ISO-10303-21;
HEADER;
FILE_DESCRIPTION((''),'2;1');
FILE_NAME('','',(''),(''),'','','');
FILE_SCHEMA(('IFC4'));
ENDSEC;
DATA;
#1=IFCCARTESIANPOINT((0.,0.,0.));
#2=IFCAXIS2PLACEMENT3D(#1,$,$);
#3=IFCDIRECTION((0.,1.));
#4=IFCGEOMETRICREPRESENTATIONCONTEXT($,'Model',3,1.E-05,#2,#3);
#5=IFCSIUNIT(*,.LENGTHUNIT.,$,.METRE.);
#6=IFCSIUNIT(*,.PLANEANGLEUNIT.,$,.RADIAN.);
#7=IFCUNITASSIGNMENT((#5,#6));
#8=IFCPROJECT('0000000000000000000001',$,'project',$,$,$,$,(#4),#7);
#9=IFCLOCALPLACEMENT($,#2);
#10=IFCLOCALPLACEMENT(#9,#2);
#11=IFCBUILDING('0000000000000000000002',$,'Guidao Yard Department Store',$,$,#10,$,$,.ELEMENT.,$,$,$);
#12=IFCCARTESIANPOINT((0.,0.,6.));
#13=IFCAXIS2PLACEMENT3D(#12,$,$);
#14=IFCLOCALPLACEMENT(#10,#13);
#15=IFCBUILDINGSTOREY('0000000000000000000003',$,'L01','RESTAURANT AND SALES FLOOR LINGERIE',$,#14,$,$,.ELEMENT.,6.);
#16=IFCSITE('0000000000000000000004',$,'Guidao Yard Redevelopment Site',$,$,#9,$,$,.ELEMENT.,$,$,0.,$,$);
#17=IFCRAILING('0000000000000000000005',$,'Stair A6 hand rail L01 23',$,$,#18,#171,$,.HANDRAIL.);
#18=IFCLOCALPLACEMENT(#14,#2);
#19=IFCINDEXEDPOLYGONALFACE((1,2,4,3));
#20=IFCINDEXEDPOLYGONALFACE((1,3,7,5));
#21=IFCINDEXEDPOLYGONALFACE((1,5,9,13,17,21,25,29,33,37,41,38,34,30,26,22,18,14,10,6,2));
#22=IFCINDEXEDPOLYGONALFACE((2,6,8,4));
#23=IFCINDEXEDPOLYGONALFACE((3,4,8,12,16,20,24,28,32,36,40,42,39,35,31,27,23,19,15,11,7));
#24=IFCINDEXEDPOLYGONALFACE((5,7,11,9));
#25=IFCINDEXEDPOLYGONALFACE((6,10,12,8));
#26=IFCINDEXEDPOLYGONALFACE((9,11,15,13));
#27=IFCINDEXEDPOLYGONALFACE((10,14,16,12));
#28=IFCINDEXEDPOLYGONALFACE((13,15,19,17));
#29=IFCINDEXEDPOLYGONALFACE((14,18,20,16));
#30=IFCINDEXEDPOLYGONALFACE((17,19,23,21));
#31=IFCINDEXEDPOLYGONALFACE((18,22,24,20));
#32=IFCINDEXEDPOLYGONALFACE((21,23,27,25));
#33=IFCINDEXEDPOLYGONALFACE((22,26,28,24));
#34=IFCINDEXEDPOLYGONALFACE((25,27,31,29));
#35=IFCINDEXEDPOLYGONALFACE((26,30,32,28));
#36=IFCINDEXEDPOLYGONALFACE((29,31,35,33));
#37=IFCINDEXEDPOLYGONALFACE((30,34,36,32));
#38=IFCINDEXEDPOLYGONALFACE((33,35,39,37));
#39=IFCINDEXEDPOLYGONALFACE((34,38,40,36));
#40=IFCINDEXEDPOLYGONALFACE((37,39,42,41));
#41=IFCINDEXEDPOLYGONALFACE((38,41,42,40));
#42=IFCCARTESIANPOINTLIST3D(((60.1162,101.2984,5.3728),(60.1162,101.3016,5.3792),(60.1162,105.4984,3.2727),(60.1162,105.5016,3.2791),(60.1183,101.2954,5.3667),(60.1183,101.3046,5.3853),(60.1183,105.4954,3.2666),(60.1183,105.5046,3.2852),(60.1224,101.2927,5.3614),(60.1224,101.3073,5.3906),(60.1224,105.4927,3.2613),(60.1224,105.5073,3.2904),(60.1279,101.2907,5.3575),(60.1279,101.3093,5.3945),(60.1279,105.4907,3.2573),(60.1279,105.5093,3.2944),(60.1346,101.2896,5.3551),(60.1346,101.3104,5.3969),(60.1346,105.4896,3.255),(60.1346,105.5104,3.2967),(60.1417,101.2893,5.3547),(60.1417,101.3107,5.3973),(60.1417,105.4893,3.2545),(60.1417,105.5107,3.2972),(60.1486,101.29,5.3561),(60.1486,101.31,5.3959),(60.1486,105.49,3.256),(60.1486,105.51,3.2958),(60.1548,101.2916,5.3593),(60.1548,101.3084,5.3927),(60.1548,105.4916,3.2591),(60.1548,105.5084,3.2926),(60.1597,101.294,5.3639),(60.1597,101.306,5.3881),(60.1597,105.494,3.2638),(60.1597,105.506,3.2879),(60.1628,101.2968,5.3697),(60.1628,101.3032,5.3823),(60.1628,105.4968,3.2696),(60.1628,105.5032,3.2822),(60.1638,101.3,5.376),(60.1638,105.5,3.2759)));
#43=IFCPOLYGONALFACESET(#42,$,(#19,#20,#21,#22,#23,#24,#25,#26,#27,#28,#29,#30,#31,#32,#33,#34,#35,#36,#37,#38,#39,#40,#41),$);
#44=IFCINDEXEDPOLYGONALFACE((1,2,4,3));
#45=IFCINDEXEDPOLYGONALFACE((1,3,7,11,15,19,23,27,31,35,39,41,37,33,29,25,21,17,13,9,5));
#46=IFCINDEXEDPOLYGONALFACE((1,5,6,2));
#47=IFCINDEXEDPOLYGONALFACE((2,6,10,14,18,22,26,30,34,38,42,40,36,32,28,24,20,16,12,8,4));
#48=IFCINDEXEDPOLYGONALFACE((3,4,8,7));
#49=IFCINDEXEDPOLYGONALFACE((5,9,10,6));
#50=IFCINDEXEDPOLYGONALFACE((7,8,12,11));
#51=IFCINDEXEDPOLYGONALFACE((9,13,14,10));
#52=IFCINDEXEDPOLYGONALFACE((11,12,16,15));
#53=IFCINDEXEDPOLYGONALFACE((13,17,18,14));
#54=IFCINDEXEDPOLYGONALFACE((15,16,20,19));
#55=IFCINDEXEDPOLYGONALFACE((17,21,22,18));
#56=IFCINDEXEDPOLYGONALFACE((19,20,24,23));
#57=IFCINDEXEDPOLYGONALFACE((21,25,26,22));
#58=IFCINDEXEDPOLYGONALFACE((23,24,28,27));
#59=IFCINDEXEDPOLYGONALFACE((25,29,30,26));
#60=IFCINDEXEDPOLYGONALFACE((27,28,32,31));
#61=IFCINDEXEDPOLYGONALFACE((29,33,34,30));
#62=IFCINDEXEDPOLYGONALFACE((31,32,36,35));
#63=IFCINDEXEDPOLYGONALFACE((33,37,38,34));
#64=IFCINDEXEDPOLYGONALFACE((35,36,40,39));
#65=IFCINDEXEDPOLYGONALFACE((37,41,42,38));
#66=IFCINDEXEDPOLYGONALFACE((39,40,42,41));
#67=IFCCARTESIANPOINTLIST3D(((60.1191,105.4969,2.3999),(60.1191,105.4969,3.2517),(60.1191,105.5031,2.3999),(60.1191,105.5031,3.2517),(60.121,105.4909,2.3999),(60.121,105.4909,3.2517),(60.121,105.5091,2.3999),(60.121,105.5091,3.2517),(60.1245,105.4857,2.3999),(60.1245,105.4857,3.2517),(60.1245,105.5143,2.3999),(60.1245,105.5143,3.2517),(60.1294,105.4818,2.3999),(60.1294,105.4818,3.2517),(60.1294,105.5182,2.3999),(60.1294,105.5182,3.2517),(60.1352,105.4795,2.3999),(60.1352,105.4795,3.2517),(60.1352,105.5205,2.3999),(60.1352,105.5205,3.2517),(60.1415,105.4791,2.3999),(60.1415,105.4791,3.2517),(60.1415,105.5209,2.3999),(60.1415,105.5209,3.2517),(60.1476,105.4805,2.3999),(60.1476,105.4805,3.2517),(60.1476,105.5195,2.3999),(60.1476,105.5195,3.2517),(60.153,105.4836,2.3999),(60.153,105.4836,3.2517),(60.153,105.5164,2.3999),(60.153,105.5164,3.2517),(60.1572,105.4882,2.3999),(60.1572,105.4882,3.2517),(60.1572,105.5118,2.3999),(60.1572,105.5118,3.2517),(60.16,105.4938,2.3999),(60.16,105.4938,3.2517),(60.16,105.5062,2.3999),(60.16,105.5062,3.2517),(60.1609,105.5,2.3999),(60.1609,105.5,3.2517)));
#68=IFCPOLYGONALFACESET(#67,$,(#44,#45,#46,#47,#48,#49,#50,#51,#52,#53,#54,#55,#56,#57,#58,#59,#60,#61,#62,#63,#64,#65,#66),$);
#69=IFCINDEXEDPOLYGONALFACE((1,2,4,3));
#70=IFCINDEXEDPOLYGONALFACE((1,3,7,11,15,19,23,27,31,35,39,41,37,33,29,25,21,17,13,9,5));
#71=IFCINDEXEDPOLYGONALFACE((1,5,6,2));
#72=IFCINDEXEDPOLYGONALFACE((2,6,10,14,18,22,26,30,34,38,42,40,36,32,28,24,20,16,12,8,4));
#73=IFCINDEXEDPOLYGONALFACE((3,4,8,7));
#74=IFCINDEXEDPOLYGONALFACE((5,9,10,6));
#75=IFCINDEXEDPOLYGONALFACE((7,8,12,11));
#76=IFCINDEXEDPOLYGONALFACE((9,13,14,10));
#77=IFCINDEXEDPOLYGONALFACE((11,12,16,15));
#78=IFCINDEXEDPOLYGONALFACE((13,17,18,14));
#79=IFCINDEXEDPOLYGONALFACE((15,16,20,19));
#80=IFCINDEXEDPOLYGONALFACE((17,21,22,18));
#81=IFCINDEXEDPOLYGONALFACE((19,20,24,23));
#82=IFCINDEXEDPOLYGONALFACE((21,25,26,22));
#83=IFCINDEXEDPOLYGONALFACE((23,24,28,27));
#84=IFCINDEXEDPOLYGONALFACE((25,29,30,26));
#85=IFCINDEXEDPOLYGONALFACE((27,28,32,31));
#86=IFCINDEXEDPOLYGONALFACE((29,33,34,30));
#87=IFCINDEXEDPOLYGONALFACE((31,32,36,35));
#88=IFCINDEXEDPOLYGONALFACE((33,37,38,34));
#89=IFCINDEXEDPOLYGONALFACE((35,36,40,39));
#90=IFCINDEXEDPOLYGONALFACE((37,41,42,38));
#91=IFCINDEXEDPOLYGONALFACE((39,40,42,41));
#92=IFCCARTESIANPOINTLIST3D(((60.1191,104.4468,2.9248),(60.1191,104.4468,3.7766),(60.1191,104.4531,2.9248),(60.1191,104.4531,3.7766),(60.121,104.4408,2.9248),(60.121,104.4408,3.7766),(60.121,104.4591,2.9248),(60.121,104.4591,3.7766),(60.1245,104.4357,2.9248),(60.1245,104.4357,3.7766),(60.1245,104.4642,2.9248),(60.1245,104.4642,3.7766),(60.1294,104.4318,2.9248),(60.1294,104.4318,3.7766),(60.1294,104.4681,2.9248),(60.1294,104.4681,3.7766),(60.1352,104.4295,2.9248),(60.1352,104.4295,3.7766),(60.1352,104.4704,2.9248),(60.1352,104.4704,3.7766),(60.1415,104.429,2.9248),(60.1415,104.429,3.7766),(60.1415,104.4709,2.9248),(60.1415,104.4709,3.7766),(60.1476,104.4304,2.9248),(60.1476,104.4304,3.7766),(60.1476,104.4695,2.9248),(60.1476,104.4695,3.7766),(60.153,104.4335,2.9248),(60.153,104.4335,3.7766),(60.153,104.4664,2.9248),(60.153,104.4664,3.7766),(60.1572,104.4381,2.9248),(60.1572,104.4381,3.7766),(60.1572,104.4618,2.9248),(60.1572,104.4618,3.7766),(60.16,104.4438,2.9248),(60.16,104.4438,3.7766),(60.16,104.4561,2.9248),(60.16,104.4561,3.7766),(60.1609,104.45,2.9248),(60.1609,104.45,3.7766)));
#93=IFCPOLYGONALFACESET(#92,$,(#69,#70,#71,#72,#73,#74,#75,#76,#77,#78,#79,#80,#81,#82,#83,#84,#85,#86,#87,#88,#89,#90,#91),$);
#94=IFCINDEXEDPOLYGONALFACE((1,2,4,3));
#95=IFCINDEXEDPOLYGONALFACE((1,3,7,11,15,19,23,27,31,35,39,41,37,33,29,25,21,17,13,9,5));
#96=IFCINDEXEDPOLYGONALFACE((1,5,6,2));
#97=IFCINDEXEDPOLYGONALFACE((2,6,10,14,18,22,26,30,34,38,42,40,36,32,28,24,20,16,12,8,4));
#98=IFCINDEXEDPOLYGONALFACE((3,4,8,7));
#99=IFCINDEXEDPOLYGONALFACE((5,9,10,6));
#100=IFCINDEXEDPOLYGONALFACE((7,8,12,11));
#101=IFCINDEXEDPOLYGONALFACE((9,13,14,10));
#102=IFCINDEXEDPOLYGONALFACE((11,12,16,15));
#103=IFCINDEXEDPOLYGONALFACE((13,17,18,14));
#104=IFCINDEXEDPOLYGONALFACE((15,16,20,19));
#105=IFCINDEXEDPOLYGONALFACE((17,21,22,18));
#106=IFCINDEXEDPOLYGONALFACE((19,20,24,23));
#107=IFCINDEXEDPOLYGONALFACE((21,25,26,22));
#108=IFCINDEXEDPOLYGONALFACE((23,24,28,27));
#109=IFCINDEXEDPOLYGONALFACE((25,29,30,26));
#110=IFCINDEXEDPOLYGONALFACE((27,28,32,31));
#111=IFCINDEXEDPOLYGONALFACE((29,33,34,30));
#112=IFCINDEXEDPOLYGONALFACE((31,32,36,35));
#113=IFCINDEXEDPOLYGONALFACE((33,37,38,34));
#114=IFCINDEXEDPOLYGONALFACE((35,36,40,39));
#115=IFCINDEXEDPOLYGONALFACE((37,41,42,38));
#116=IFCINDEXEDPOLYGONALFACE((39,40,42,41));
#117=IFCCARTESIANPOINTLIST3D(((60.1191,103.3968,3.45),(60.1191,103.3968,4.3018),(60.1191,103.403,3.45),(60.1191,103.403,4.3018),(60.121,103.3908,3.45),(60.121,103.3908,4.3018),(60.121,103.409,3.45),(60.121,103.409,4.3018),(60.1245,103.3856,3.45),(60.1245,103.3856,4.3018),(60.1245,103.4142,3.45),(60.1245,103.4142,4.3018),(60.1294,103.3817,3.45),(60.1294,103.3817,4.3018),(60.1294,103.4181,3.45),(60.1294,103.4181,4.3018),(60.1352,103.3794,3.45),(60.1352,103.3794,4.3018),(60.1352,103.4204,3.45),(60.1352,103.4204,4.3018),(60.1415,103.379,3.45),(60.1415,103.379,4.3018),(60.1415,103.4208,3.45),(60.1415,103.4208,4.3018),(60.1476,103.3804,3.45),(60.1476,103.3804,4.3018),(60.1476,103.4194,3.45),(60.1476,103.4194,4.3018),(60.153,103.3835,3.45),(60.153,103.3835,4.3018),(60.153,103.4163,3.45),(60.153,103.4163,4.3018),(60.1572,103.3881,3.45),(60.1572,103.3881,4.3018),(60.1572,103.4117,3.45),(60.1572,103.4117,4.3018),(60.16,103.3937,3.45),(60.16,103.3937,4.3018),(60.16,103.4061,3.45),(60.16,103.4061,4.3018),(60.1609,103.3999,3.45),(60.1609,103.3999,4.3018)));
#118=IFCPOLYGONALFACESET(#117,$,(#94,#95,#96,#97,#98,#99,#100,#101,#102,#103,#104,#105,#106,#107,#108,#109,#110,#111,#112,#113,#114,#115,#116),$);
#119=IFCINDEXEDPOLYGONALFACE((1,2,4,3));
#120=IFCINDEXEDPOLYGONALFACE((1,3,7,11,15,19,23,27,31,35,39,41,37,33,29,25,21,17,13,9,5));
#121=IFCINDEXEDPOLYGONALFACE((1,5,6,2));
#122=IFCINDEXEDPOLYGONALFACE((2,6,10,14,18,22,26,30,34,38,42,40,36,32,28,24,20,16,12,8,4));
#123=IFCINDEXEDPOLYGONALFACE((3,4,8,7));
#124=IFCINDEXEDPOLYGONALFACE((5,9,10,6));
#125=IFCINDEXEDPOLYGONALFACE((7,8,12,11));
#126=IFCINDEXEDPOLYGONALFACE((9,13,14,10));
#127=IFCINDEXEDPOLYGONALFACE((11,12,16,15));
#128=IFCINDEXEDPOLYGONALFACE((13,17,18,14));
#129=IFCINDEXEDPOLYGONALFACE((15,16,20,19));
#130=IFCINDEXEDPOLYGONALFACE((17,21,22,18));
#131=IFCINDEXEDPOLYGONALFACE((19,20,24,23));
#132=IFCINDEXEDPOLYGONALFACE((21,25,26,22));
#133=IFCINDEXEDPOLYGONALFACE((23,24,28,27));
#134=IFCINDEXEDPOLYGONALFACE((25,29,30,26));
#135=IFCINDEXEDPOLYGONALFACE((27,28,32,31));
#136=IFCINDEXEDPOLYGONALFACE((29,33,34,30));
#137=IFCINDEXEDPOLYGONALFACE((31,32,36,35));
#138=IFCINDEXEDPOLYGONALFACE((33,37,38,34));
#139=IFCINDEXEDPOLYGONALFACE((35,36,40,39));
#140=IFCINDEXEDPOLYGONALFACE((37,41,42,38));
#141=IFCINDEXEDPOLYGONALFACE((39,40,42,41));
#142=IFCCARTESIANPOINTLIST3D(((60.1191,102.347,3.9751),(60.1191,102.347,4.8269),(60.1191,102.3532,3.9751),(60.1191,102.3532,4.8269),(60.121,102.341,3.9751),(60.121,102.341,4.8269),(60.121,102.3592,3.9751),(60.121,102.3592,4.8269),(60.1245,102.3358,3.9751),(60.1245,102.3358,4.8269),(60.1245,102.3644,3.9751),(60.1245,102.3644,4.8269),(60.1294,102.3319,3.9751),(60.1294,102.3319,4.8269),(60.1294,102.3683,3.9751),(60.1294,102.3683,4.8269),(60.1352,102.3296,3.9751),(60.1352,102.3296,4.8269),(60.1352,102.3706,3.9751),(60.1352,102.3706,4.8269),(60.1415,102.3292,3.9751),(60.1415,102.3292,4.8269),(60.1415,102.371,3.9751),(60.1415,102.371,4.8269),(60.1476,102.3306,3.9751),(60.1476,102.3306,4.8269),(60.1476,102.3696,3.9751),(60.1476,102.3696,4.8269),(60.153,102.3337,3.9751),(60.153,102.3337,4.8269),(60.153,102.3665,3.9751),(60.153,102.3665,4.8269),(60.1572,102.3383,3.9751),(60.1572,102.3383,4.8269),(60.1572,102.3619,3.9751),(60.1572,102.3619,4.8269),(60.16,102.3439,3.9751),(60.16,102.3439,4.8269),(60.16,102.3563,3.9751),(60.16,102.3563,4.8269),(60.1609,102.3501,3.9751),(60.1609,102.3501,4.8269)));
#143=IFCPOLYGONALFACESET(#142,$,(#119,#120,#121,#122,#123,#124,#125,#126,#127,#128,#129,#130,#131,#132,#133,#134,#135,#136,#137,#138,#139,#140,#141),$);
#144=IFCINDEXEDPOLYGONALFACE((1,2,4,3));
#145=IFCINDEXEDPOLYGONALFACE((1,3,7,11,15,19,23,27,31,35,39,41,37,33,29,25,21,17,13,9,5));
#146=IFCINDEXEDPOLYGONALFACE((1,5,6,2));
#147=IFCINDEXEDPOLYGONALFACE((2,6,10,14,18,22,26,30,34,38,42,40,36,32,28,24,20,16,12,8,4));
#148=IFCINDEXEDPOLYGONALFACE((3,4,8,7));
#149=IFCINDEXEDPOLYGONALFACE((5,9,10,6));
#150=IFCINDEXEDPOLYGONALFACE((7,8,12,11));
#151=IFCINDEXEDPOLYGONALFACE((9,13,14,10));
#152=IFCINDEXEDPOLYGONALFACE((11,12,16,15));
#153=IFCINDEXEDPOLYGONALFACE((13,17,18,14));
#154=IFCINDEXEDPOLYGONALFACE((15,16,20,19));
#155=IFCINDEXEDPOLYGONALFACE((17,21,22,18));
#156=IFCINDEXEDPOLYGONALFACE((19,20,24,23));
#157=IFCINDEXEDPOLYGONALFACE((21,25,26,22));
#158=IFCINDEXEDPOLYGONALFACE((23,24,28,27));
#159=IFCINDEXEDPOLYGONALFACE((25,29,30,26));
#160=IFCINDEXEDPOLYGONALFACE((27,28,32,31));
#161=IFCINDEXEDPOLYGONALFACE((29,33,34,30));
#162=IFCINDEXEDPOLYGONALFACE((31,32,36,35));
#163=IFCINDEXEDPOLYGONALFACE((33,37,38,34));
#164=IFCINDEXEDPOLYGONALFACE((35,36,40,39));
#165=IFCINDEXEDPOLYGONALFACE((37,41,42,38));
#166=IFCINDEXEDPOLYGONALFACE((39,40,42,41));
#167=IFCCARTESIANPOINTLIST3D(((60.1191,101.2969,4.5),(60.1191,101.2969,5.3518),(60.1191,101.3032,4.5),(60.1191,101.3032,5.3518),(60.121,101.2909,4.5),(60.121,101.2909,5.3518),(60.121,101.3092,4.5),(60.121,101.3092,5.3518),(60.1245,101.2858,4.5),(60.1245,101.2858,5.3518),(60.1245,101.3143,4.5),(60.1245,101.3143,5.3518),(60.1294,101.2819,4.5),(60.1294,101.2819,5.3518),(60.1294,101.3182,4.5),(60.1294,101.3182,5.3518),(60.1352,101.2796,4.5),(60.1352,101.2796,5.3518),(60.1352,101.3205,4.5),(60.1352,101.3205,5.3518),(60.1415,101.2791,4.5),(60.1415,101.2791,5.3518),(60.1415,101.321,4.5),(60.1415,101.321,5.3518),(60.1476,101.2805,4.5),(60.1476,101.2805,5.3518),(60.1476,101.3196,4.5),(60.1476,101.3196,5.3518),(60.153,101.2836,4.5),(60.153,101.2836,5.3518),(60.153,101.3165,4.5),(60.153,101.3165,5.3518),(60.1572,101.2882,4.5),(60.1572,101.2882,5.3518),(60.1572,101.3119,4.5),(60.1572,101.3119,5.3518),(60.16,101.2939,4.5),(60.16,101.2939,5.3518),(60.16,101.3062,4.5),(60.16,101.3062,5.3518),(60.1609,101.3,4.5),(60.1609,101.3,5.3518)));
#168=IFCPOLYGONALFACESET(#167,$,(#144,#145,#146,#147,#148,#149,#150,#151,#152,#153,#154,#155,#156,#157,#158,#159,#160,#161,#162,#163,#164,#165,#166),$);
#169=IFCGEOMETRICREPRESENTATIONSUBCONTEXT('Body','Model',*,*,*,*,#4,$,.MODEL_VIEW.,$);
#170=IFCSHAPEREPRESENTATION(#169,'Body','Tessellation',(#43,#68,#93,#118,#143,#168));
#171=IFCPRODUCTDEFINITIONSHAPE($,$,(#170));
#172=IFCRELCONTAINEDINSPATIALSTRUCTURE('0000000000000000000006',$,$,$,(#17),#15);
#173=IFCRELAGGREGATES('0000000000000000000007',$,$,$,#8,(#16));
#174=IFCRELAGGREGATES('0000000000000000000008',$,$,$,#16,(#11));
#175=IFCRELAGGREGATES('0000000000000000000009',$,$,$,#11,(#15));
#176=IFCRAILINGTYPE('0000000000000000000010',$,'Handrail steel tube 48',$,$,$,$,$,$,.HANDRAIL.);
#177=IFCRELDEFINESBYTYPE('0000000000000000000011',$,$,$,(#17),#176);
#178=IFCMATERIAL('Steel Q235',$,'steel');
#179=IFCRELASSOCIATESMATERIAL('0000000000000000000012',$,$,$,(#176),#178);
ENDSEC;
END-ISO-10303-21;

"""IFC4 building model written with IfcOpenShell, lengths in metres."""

from ifc_helpers import new_model, si_unit, direction, frame, origin, origin_2d, place, context, subcontext, project, spatial, circle, extrude, material, type_object, element, save


model = new_model("IFC4")

# Units and contexts
model_context = context("Model", 3, precision=1e-05, world=origin(), true_north=direction((0.0, 1.0)))
body_context = subcontext(model_context, "Body", "Model", "MODEL_VIEW")
ifc_project = project(units=[si_unit("LENGTHUNIT", "METRE"), si_unit("PLANEANGLEUNIT", "RADIAN")], contexts=[model_context])

# Site, building, storey
site_placement = place(None, origin())
site = spatial("IfcSite", under=ifc_project, at=site_placement, Name="Guidao Yard Redevelopment Site", CompositionType="ELEMENT", RefElevation=0.0)
building_placement = place(site_placement, origin())
building = spatial("IfcBuilding", under=site, at=building_placement, Name="Guidao Yard Department Store", CompositionType="ELEMENT")
storey_placement = place(building_placement, frame((0.0, 0.0, 6.0)))
storey = spatial("IfcBuildingStorey", under=building, at=storey_placement, Name="L01", Description="RESTAURANT AND SALES FLOOR LINGERIE", CompositionType="ELEMENT", Elevation=6.0)

# Railing
ifc_material_1 = material(Name="Steel Q235", Category="steel")
railing_type_1 = type_object("IfcRailingType", Name="Handrail steel tube 48", PredefinedType="HANDRAIL", material=ifc_material_1)
for number, where, name in (
    (1, (60.1399, 105.5, 2.3999), "Stair A6 hand rail L01 23"),
):
    element("IfcRailing", number, at=place(storey_placement, frame(where)), inside=storey, type_object=railing_type_1, Name=name, PredefinedType="HANDRAIL", context=body_context, shape_type="SweptSolid", body=[
        extrude(circle(Radius=0.0239, at=origin_2d()), frame((0.0, 0.0, 0.876), z_axis=(0.0, -0.894417, 0.447234), x_axis=(1.0, 0.0, 0.0)), (0.0, 0.0, 1.0), 4.6958),
        extrude(circle(Radius=0.021, at=origin_2d()), origin(), (0.0, 0.0, 1.0), 0.8518),
        extrude(circle(Radius=0.021, at=origin_2d()), frame((0.0, -1.05, 0.5249)), (0.0, 0.0, 1.0), 0.8518),
        extrude(circle(Radius=0.021, at=origin_2d()), frame((0.0, -2.1001, 1.05)), (0.0, 0.0, 1.0), 0.8518),
        extrude(circle(Radius=0.021, at=origin_2d()), frame((0.0, -3.1499, 1.5752)), (0.0, 0.0, 1.0), 0.8518),
        extrude(circle(Radius=0.021, at=origin_2d()), frame((0.0, -4.2, 2.1001)), (0.0, 0.0, 1.0), 0.8518),
    ])

save(model, "model.ifc")
